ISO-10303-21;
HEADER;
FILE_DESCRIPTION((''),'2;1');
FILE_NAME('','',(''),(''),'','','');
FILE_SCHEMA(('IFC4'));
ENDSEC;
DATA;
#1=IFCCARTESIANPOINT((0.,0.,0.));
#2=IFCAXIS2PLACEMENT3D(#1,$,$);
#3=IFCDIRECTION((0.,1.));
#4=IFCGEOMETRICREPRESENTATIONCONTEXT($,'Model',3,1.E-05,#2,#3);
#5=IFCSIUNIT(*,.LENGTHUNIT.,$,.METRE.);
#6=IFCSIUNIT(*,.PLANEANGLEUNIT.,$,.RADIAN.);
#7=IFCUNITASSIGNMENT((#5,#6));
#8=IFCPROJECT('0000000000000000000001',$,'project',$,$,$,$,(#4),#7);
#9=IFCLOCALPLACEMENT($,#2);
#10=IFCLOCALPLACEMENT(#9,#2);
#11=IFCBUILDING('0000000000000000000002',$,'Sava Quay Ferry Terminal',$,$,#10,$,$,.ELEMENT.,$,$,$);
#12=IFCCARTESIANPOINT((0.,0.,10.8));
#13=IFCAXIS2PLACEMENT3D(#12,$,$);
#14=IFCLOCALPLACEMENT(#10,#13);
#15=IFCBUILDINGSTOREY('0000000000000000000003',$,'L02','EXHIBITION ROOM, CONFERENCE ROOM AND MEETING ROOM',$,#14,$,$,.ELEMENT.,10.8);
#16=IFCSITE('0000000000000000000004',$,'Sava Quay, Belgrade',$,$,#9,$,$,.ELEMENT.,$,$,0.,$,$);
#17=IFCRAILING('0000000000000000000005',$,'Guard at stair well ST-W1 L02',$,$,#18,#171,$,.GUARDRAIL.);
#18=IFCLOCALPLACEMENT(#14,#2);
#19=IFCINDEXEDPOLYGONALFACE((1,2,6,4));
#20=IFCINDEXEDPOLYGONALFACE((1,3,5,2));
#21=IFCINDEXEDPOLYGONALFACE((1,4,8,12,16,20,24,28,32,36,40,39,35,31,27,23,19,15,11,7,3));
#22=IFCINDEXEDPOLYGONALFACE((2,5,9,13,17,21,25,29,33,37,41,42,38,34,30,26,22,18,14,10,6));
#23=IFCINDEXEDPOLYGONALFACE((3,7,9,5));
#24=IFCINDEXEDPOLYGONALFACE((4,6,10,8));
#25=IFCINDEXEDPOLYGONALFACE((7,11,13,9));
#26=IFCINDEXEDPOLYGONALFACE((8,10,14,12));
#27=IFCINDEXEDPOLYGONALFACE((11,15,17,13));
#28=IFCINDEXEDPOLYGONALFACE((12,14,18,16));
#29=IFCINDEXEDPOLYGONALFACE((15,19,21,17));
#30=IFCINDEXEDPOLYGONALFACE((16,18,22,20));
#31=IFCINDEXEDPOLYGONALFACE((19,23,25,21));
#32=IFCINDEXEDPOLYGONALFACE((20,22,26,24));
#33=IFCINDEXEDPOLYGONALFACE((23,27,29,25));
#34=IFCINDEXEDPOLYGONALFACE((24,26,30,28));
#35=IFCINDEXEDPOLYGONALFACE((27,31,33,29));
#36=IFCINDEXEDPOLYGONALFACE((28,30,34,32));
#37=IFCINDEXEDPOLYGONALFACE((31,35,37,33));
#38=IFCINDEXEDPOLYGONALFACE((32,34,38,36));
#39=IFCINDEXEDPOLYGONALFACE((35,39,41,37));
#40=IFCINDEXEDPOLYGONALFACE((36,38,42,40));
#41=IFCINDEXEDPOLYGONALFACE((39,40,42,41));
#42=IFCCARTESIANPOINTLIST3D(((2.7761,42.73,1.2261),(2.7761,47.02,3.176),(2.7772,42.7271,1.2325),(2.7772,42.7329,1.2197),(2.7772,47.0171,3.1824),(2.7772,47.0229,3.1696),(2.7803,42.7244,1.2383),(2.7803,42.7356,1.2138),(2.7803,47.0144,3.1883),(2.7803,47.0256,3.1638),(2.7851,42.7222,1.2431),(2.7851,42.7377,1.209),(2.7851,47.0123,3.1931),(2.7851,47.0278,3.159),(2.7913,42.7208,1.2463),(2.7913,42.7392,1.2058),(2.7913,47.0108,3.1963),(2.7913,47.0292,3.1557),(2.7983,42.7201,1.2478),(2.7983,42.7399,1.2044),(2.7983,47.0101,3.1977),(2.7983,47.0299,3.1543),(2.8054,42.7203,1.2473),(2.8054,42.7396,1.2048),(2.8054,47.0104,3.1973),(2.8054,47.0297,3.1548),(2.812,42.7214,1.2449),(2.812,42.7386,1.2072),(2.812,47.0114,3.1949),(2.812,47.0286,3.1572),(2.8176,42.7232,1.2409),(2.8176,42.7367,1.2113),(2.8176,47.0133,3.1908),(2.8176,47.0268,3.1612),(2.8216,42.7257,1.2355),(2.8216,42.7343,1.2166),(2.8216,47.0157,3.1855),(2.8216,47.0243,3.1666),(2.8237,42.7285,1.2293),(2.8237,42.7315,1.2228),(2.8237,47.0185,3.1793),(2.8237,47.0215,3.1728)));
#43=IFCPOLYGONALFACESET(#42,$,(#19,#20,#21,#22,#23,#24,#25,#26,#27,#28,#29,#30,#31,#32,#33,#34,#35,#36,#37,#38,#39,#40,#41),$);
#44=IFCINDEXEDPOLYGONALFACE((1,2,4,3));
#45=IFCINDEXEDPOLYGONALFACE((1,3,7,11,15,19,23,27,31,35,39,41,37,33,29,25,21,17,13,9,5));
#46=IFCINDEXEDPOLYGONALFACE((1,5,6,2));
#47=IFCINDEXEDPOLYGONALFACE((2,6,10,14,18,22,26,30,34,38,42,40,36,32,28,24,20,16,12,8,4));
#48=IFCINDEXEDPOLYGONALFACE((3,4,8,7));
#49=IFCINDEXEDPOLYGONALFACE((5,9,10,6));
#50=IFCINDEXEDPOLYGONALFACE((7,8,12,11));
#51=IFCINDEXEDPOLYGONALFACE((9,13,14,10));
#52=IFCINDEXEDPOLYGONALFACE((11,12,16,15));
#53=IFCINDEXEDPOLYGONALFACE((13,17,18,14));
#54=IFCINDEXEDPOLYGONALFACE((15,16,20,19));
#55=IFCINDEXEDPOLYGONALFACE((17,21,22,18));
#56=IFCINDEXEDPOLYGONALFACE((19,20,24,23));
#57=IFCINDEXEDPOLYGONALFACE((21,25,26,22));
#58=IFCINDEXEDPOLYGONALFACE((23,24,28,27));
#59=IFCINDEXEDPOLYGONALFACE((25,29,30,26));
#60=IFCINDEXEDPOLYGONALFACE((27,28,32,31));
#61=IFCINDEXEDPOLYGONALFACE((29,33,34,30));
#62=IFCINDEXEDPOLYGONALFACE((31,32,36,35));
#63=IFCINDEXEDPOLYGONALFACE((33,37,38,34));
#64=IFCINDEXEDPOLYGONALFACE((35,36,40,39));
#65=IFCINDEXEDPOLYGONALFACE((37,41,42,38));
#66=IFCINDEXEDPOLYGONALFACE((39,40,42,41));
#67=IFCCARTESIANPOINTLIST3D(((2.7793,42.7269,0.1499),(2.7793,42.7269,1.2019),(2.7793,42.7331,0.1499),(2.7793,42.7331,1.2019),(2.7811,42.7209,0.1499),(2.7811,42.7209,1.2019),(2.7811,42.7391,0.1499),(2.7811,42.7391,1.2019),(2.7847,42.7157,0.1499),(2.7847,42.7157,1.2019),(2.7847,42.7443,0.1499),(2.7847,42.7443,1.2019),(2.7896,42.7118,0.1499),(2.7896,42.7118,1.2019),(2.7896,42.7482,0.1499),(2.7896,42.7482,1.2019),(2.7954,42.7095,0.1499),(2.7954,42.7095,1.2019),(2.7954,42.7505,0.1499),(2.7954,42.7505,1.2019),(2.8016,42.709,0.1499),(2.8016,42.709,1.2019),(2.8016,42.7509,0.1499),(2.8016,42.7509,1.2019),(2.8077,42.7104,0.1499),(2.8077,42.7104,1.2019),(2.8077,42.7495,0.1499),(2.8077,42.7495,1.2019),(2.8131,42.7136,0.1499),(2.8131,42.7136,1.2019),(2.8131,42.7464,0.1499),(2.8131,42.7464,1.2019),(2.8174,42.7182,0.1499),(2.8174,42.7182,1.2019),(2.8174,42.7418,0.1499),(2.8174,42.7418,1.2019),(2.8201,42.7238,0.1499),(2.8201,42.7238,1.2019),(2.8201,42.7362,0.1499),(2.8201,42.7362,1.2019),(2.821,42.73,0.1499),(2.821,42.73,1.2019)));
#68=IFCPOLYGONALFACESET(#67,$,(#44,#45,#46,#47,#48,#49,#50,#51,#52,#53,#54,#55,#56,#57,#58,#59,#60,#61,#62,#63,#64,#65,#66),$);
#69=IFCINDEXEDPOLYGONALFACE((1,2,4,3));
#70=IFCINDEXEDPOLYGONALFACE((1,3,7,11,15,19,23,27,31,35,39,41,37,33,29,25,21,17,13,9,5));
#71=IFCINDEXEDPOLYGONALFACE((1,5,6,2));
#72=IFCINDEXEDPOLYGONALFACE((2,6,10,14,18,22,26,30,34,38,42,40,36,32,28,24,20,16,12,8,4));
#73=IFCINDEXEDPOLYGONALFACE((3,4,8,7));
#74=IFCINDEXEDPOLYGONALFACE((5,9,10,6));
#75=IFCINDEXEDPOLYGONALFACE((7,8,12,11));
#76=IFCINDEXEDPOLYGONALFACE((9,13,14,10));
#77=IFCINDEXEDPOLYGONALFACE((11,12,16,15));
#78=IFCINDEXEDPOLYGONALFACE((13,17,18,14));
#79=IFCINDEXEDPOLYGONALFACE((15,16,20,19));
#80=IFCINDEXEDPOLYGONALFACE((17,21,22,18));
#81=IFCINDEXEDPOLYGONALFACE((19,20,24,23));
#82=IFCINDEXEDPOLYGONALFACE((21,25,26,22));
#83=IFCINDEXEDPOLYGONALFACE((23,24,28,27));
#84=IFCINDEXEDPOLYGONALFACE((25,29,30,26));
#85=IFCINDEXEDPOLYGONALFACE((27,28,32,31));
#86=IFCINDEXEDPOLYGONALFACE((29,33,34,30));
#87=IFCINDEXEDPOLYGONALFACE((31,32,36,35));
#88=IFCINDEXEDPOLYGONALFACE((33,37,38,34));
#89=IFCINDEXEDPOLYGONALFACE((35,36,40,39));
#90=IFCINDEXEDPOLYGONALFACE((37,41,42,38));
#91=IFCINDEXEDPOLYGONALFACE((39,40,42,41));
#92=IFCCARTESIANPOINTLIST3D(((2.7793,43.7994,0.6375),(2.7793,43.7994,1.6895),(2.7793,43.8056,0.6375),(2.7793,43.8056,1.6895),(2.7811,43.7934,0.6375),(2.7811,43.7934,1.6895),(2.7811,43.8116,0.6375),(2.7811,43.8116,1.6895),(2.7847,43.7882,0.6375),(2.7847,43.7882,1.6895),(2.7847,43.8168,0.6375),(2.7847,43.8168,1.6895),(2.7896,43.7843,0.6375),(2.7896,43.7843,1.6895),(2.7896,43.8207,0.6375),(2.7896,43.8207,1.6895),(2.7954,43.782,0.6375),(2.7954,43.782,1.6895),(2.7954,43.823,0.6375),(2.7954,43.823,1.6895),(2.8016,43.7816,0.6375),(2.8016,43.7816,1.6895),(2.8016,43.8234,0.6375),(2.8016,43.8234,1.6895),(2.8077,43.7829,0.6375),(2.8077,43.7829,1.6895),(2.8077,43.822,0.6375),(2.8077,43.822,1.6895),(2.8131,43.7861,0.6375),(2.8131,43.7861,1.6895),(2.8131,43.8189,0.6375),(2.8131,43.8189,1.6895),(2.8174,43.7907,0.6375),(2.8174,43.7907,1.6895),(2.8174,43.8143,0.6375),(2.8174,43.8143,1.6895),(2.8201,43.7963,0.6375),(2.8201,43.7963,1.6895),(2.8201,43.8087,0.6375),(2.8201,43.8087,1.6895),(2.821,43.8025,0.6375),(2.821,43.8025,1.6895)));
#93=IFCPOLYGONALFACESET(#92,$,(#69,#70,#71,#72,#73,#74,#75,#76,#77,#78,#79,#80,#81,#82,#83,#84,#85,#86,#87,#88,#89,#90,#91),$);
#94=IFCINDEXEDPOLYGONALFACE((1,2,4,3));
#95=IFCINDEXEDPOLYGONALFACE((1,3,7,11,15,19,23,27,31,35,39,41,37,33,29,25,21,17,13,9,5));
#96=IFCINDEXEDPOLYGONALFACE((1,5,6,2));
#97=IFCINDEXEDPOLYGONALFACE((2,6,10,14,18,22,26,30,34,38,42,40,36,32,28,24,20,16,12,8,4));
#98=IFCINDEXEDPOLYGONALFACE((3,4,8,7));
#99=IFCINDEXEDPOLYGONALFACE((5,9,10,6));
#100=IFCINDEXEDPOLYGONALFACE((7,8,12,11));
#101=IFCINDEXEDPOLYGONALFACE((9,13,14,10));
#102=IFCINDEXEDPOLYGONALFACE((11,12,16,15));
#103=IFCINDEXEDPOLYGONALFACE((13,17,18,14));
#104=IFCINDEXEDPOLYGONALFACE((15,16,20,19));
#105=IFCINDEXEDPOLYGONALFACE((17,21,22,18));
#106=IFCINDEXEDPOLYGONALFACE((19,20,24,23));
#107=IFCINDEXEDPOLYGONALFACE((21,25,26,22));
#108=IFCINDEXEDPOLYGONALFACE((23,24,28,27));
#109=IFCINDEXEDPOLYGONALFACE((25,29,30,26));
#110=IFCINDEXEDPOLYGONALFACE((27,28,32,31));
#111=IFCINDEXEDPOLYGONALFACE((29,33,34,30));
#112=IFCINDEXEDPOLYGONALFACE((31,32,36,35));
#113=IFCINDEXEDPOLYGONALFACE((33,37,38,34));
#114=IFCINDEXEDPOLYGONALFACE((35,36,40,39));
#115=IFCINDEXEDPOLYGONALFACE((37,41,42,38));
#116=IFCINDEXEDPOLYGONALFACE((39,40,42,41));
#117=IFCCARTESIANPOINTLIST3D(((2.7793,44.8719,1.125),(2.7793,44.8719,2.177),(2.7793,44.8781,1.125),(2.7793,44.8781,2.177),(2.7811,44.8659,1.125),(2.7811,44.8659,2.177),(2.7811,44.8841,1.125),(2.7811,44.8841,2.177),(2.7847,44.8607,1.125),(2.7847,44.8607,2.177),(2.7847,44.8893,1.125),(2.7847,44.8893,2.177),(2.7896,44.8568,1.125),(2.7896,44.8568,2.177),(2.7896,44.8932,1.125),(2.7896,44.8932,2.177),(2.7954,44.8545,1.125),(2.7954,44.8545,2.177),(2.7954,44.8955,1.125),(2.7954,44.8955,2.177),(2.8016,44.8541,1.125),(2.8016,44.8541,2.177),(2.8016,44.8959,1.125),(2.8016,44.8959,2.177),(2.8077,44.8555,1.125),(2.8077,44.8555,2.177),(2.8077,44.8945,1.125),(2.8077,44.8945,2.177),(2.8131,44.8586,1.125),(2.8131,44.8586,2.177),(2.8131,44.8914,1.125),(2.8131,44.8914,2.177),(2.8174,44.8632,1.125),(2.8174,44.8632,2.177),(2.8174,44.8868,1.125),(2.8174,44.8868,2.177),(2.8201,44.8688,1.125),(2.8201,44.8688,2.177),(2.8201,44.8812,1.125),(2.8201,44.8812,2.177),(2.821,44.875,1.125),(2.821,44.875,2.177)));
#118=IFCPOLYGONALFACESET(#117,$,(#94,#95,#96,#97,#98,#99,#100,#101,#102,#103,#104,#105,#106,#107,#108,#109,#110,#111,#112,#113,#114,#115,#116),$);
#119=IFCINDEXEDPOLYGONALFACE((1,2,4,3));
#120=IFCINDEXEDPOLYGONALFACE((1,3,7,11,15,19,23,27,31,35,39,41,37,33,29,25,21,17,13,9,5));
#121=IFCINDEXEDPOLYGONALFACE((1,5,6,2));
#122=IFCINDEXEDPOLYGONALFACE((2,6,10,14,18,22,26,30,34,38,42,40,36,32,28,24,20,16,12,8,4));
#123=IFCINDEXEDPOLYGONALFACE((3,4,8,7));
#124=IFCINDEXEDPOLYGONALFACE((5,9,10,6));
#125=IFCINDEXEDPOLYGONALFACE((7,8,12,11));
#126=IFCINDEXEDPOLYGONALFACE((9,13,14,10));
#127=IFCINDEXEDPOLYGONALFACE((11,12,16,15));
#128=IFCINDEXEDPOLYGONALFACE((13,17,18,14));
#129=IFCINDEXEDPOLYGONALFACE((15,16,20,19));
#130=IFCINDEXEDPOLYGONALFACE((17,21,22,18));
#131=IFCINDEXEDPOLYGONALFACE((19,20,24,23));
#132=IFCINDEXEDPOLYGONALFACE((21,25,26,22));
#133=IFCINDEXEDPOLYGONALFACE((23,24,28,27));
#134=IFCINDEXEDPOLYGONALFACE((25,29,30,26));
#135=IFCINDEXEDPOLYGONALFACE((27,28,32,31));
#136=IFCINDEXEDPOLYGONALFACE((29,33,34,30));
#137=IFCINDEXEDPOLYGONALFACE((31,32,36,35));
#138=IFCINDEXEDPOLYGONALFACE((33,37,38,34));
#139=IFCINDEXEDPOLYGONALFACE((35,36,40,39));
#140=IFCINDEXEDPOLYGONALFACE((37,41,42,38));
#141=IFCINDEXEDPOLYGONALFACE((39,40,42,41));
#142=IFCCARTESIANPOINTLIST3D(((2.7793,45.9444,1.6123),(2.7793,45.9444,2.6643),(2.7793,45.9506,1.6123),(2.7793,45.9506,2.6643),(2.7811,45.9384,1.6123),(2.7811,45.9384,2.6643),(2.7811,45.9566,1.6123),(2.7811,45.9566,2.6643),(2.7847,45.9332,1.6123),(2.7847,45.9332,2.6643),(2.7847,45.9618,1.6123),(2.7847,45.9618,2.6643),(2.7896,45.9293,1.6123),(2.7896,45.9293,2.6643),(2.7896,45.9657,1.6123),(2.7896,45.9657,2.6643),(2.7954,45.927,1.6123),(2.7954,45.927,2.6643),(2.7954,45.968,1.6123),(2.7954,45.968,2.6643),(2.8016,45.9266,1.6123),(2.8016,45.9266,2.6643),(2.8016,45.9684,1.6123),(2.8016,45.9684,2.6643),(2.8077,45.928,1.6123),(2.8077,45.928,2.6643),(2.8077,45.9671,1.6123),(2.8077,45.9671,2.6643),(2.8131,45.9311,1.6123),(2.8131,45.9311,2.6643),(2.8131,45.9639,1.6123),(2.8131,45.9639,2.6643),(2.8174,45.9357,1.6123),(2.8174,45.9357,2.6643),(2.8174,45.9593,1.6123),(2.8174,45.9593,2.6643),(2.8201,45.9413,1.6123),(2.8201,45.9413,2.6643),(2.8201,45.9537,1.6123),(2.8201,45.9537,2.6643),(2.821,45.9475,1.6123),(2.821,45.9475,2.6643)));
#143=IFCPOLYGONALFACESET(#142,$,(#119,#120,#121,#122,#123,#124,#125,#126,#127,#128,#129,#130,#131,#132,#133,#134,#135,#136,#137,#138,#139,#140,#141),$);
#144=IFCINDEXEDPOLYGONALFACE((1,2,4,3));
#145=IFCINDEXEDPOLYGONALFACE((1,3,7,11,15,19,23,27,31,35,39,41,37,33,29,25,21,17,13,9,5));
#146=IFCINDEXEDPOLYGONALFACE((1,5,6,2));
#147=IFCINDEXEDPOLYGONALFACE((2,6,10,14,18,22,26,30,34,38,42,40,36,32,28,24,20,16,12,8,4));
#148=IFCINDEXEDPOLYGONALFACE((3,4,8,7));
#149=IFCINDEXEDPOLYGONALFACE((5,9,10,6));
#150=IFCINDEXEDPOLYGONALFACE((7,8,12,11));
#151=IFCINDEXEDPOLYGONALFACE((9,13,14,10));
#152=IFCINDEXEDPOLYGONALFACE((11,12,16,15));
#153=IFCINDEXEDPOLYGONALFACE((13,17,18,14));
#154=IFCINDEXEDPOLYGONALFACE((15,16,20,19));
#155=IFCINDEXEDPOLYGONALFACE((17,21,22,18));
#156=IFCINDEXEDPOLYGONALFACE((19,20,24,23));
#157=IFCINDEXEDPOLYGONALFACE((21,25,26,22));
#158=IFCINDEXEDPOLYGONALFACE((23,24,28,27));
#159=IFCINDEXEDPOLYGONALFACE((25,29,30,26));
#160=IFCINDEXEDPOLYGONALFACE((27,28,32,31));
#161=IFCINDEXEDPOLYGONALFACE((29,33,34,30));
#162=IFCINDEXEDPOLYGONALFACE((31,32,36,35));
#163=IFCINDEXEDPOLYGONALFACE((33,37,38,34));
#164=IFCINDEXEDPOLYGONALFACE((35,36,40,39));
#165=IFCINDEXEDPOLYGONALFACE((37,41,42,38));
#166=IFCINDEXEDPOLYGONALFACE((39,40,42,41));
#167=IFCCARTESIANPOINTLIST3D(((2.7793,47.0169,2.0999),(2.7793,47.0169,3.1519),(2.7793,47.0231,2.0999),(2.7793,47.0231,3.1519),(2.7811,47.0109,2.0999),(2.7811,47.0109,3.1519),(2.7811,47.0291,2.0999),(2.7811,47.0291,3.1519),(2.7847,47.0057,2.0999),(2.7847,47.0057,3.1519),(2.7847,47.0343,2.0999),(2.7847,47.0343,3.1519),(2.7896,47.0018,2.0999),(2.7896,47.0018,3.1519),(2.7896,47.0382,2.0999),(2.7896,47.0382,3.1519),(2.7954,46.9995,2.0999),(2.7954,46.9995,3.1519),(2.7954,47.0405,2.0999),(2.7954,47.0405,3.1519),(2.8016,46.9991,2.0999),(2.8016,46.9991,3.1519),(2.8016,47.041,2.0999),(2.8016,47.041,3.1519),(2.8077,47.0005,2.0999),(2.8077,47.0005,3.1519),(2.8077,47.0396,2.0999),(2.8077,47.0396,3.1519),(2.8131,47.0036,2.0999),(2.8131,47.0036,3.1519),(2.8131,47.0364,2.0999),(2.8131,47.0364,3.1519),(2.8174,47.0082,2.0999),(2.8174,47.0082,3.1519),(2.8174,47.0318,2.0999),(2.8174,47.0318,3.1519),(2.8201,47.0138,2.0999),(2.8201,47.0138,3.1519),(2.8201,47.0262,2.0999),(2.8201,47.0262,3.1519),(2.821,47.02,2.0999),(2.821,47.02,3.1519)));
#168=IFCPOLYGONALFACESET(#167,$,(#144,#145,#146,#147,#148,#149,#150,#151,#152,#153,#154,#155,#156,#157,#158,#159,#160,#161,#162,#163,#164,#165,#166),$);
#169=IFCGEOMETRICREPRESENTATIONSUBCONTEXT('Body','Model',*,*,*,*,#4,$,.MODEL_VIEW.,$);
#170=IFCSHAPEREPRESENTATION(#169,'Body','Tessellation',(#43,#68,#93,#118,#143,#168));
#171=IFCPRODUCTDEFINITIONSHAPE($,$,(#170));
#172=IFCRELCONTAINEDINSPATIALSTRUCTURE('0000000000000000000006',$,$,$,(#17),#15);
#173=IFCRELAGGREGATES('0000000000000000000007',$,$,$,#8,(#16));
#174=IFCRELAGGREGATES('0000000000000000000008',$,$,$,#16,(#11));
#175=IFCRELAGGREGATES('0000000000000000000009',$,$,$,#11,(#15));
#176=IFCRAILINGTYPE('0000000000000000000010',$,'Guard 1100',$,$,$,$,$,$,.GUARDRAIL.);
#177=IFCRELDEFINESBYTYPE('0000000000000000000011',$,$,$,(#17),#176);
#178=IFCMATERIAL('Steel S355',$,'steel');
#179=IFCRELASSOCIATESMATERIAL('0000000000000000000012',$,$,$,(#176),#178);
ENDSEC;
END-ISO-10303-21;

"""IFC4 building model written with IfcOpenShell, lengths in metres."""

from ifc_helpers import new_model, si_unit, direction, frame, origin, origin_2d, place, context, subcontext, project, spatial, circle, extrude, material, type_object, element, save


model = new_model("IFC4")

# Units and contexts
model_context = context("Model", 3, precision=1e-05, world=origin(), true_north=direction((0.0, 1.0)))
body_context = subcontext(model_context, "Body", "Model", "MODEL_VIEW")
ifc_project = project(units=[si_unit("LENGTHUNIT", "METRE"), si_unit("PLANEANGLEUNIT", "RADIAN")], contexts=[model_context])

# Site, building, storey
site_placement = place(None, origin())
site = spatial("IfcSite", under=ifc_project, at=site_placement, Name="Sava Quay, Belgrade", CompositionType="ELEMENT", RefElevation=0.0)
building_placement = place(site_placement, origin())
building = spatial("IfcBuilding", under=site, at=building_placement, Name="Sava Quay Ferry Terminal", CompositionType="ELEMENT")
storey_placement = place(building_placement, frame((0.0, 0.0, 10.8)))
storey = spatial("IfcBuildingStorey", under=building, at=storey_placement, Name="L02", Description="EXHIBITION ROOM, CONFERENCE ROOM AND MEETING ROOM", CompositionType="ELEMENT", Elevation=10.8)

# Railing
ifc_material_1 = material(Name="Steel S355", Category="steel")
railing_type_1 = type_object("IfcRailingType", Name="Guard 1100", PredefinedType="GUARDRAIL", material=ifc_material_1)
railing_1_placement = place(storey_placement, frame((2.8, 42.73, 0.1499)))
element("IfcRailing", 1, at=railing_1_placement, inside=storey, type_object=railing_type_1, Name="Guard at stair well ST-W1 L02", PredefinedType="GUARDRAIL", context=body_context, shape_type="SweptSolid", body=[
    extrude(circle(Radius=0.0239, at=origin_2d()), frame((0.0, 0.0, 1.0762), z_axis=(0.0, 0.910372, 0.413791), x_axis=(-1.0, 0.0, 0.0)), (0.0, 0.0, 1.0), 4.7124),
    extrude(circle(Radius=0.021, at=origin_2d()), origin(), (0.0, 0.0, 1.0), 1.052),
    extrude(circle(Radius=0.021, at=origin_2d()), frame((0.0, 1.0725, 0.4875)), (0.0, 0.0, 1.0), 1.052),
    extrude(circle(Radius=0.021, at=origin_2d()), frame((0.0, 2.145, 0.9751)), (0.0, 0.0, 1.0), 1.052),
    extrude(circle(Radius=0.021, at=origin_2d()), frame((0.0, 3.2175, 1.4624)), (0.0, 0.0, 1.0), 1.052),
    extrude(circle(Radius=0.021, at=origin_2d()), frame((0.0, 4.29, 1.95)), (0.0, 0.0, 1.0), 1.052),
])

save(model, "model.ifc")
